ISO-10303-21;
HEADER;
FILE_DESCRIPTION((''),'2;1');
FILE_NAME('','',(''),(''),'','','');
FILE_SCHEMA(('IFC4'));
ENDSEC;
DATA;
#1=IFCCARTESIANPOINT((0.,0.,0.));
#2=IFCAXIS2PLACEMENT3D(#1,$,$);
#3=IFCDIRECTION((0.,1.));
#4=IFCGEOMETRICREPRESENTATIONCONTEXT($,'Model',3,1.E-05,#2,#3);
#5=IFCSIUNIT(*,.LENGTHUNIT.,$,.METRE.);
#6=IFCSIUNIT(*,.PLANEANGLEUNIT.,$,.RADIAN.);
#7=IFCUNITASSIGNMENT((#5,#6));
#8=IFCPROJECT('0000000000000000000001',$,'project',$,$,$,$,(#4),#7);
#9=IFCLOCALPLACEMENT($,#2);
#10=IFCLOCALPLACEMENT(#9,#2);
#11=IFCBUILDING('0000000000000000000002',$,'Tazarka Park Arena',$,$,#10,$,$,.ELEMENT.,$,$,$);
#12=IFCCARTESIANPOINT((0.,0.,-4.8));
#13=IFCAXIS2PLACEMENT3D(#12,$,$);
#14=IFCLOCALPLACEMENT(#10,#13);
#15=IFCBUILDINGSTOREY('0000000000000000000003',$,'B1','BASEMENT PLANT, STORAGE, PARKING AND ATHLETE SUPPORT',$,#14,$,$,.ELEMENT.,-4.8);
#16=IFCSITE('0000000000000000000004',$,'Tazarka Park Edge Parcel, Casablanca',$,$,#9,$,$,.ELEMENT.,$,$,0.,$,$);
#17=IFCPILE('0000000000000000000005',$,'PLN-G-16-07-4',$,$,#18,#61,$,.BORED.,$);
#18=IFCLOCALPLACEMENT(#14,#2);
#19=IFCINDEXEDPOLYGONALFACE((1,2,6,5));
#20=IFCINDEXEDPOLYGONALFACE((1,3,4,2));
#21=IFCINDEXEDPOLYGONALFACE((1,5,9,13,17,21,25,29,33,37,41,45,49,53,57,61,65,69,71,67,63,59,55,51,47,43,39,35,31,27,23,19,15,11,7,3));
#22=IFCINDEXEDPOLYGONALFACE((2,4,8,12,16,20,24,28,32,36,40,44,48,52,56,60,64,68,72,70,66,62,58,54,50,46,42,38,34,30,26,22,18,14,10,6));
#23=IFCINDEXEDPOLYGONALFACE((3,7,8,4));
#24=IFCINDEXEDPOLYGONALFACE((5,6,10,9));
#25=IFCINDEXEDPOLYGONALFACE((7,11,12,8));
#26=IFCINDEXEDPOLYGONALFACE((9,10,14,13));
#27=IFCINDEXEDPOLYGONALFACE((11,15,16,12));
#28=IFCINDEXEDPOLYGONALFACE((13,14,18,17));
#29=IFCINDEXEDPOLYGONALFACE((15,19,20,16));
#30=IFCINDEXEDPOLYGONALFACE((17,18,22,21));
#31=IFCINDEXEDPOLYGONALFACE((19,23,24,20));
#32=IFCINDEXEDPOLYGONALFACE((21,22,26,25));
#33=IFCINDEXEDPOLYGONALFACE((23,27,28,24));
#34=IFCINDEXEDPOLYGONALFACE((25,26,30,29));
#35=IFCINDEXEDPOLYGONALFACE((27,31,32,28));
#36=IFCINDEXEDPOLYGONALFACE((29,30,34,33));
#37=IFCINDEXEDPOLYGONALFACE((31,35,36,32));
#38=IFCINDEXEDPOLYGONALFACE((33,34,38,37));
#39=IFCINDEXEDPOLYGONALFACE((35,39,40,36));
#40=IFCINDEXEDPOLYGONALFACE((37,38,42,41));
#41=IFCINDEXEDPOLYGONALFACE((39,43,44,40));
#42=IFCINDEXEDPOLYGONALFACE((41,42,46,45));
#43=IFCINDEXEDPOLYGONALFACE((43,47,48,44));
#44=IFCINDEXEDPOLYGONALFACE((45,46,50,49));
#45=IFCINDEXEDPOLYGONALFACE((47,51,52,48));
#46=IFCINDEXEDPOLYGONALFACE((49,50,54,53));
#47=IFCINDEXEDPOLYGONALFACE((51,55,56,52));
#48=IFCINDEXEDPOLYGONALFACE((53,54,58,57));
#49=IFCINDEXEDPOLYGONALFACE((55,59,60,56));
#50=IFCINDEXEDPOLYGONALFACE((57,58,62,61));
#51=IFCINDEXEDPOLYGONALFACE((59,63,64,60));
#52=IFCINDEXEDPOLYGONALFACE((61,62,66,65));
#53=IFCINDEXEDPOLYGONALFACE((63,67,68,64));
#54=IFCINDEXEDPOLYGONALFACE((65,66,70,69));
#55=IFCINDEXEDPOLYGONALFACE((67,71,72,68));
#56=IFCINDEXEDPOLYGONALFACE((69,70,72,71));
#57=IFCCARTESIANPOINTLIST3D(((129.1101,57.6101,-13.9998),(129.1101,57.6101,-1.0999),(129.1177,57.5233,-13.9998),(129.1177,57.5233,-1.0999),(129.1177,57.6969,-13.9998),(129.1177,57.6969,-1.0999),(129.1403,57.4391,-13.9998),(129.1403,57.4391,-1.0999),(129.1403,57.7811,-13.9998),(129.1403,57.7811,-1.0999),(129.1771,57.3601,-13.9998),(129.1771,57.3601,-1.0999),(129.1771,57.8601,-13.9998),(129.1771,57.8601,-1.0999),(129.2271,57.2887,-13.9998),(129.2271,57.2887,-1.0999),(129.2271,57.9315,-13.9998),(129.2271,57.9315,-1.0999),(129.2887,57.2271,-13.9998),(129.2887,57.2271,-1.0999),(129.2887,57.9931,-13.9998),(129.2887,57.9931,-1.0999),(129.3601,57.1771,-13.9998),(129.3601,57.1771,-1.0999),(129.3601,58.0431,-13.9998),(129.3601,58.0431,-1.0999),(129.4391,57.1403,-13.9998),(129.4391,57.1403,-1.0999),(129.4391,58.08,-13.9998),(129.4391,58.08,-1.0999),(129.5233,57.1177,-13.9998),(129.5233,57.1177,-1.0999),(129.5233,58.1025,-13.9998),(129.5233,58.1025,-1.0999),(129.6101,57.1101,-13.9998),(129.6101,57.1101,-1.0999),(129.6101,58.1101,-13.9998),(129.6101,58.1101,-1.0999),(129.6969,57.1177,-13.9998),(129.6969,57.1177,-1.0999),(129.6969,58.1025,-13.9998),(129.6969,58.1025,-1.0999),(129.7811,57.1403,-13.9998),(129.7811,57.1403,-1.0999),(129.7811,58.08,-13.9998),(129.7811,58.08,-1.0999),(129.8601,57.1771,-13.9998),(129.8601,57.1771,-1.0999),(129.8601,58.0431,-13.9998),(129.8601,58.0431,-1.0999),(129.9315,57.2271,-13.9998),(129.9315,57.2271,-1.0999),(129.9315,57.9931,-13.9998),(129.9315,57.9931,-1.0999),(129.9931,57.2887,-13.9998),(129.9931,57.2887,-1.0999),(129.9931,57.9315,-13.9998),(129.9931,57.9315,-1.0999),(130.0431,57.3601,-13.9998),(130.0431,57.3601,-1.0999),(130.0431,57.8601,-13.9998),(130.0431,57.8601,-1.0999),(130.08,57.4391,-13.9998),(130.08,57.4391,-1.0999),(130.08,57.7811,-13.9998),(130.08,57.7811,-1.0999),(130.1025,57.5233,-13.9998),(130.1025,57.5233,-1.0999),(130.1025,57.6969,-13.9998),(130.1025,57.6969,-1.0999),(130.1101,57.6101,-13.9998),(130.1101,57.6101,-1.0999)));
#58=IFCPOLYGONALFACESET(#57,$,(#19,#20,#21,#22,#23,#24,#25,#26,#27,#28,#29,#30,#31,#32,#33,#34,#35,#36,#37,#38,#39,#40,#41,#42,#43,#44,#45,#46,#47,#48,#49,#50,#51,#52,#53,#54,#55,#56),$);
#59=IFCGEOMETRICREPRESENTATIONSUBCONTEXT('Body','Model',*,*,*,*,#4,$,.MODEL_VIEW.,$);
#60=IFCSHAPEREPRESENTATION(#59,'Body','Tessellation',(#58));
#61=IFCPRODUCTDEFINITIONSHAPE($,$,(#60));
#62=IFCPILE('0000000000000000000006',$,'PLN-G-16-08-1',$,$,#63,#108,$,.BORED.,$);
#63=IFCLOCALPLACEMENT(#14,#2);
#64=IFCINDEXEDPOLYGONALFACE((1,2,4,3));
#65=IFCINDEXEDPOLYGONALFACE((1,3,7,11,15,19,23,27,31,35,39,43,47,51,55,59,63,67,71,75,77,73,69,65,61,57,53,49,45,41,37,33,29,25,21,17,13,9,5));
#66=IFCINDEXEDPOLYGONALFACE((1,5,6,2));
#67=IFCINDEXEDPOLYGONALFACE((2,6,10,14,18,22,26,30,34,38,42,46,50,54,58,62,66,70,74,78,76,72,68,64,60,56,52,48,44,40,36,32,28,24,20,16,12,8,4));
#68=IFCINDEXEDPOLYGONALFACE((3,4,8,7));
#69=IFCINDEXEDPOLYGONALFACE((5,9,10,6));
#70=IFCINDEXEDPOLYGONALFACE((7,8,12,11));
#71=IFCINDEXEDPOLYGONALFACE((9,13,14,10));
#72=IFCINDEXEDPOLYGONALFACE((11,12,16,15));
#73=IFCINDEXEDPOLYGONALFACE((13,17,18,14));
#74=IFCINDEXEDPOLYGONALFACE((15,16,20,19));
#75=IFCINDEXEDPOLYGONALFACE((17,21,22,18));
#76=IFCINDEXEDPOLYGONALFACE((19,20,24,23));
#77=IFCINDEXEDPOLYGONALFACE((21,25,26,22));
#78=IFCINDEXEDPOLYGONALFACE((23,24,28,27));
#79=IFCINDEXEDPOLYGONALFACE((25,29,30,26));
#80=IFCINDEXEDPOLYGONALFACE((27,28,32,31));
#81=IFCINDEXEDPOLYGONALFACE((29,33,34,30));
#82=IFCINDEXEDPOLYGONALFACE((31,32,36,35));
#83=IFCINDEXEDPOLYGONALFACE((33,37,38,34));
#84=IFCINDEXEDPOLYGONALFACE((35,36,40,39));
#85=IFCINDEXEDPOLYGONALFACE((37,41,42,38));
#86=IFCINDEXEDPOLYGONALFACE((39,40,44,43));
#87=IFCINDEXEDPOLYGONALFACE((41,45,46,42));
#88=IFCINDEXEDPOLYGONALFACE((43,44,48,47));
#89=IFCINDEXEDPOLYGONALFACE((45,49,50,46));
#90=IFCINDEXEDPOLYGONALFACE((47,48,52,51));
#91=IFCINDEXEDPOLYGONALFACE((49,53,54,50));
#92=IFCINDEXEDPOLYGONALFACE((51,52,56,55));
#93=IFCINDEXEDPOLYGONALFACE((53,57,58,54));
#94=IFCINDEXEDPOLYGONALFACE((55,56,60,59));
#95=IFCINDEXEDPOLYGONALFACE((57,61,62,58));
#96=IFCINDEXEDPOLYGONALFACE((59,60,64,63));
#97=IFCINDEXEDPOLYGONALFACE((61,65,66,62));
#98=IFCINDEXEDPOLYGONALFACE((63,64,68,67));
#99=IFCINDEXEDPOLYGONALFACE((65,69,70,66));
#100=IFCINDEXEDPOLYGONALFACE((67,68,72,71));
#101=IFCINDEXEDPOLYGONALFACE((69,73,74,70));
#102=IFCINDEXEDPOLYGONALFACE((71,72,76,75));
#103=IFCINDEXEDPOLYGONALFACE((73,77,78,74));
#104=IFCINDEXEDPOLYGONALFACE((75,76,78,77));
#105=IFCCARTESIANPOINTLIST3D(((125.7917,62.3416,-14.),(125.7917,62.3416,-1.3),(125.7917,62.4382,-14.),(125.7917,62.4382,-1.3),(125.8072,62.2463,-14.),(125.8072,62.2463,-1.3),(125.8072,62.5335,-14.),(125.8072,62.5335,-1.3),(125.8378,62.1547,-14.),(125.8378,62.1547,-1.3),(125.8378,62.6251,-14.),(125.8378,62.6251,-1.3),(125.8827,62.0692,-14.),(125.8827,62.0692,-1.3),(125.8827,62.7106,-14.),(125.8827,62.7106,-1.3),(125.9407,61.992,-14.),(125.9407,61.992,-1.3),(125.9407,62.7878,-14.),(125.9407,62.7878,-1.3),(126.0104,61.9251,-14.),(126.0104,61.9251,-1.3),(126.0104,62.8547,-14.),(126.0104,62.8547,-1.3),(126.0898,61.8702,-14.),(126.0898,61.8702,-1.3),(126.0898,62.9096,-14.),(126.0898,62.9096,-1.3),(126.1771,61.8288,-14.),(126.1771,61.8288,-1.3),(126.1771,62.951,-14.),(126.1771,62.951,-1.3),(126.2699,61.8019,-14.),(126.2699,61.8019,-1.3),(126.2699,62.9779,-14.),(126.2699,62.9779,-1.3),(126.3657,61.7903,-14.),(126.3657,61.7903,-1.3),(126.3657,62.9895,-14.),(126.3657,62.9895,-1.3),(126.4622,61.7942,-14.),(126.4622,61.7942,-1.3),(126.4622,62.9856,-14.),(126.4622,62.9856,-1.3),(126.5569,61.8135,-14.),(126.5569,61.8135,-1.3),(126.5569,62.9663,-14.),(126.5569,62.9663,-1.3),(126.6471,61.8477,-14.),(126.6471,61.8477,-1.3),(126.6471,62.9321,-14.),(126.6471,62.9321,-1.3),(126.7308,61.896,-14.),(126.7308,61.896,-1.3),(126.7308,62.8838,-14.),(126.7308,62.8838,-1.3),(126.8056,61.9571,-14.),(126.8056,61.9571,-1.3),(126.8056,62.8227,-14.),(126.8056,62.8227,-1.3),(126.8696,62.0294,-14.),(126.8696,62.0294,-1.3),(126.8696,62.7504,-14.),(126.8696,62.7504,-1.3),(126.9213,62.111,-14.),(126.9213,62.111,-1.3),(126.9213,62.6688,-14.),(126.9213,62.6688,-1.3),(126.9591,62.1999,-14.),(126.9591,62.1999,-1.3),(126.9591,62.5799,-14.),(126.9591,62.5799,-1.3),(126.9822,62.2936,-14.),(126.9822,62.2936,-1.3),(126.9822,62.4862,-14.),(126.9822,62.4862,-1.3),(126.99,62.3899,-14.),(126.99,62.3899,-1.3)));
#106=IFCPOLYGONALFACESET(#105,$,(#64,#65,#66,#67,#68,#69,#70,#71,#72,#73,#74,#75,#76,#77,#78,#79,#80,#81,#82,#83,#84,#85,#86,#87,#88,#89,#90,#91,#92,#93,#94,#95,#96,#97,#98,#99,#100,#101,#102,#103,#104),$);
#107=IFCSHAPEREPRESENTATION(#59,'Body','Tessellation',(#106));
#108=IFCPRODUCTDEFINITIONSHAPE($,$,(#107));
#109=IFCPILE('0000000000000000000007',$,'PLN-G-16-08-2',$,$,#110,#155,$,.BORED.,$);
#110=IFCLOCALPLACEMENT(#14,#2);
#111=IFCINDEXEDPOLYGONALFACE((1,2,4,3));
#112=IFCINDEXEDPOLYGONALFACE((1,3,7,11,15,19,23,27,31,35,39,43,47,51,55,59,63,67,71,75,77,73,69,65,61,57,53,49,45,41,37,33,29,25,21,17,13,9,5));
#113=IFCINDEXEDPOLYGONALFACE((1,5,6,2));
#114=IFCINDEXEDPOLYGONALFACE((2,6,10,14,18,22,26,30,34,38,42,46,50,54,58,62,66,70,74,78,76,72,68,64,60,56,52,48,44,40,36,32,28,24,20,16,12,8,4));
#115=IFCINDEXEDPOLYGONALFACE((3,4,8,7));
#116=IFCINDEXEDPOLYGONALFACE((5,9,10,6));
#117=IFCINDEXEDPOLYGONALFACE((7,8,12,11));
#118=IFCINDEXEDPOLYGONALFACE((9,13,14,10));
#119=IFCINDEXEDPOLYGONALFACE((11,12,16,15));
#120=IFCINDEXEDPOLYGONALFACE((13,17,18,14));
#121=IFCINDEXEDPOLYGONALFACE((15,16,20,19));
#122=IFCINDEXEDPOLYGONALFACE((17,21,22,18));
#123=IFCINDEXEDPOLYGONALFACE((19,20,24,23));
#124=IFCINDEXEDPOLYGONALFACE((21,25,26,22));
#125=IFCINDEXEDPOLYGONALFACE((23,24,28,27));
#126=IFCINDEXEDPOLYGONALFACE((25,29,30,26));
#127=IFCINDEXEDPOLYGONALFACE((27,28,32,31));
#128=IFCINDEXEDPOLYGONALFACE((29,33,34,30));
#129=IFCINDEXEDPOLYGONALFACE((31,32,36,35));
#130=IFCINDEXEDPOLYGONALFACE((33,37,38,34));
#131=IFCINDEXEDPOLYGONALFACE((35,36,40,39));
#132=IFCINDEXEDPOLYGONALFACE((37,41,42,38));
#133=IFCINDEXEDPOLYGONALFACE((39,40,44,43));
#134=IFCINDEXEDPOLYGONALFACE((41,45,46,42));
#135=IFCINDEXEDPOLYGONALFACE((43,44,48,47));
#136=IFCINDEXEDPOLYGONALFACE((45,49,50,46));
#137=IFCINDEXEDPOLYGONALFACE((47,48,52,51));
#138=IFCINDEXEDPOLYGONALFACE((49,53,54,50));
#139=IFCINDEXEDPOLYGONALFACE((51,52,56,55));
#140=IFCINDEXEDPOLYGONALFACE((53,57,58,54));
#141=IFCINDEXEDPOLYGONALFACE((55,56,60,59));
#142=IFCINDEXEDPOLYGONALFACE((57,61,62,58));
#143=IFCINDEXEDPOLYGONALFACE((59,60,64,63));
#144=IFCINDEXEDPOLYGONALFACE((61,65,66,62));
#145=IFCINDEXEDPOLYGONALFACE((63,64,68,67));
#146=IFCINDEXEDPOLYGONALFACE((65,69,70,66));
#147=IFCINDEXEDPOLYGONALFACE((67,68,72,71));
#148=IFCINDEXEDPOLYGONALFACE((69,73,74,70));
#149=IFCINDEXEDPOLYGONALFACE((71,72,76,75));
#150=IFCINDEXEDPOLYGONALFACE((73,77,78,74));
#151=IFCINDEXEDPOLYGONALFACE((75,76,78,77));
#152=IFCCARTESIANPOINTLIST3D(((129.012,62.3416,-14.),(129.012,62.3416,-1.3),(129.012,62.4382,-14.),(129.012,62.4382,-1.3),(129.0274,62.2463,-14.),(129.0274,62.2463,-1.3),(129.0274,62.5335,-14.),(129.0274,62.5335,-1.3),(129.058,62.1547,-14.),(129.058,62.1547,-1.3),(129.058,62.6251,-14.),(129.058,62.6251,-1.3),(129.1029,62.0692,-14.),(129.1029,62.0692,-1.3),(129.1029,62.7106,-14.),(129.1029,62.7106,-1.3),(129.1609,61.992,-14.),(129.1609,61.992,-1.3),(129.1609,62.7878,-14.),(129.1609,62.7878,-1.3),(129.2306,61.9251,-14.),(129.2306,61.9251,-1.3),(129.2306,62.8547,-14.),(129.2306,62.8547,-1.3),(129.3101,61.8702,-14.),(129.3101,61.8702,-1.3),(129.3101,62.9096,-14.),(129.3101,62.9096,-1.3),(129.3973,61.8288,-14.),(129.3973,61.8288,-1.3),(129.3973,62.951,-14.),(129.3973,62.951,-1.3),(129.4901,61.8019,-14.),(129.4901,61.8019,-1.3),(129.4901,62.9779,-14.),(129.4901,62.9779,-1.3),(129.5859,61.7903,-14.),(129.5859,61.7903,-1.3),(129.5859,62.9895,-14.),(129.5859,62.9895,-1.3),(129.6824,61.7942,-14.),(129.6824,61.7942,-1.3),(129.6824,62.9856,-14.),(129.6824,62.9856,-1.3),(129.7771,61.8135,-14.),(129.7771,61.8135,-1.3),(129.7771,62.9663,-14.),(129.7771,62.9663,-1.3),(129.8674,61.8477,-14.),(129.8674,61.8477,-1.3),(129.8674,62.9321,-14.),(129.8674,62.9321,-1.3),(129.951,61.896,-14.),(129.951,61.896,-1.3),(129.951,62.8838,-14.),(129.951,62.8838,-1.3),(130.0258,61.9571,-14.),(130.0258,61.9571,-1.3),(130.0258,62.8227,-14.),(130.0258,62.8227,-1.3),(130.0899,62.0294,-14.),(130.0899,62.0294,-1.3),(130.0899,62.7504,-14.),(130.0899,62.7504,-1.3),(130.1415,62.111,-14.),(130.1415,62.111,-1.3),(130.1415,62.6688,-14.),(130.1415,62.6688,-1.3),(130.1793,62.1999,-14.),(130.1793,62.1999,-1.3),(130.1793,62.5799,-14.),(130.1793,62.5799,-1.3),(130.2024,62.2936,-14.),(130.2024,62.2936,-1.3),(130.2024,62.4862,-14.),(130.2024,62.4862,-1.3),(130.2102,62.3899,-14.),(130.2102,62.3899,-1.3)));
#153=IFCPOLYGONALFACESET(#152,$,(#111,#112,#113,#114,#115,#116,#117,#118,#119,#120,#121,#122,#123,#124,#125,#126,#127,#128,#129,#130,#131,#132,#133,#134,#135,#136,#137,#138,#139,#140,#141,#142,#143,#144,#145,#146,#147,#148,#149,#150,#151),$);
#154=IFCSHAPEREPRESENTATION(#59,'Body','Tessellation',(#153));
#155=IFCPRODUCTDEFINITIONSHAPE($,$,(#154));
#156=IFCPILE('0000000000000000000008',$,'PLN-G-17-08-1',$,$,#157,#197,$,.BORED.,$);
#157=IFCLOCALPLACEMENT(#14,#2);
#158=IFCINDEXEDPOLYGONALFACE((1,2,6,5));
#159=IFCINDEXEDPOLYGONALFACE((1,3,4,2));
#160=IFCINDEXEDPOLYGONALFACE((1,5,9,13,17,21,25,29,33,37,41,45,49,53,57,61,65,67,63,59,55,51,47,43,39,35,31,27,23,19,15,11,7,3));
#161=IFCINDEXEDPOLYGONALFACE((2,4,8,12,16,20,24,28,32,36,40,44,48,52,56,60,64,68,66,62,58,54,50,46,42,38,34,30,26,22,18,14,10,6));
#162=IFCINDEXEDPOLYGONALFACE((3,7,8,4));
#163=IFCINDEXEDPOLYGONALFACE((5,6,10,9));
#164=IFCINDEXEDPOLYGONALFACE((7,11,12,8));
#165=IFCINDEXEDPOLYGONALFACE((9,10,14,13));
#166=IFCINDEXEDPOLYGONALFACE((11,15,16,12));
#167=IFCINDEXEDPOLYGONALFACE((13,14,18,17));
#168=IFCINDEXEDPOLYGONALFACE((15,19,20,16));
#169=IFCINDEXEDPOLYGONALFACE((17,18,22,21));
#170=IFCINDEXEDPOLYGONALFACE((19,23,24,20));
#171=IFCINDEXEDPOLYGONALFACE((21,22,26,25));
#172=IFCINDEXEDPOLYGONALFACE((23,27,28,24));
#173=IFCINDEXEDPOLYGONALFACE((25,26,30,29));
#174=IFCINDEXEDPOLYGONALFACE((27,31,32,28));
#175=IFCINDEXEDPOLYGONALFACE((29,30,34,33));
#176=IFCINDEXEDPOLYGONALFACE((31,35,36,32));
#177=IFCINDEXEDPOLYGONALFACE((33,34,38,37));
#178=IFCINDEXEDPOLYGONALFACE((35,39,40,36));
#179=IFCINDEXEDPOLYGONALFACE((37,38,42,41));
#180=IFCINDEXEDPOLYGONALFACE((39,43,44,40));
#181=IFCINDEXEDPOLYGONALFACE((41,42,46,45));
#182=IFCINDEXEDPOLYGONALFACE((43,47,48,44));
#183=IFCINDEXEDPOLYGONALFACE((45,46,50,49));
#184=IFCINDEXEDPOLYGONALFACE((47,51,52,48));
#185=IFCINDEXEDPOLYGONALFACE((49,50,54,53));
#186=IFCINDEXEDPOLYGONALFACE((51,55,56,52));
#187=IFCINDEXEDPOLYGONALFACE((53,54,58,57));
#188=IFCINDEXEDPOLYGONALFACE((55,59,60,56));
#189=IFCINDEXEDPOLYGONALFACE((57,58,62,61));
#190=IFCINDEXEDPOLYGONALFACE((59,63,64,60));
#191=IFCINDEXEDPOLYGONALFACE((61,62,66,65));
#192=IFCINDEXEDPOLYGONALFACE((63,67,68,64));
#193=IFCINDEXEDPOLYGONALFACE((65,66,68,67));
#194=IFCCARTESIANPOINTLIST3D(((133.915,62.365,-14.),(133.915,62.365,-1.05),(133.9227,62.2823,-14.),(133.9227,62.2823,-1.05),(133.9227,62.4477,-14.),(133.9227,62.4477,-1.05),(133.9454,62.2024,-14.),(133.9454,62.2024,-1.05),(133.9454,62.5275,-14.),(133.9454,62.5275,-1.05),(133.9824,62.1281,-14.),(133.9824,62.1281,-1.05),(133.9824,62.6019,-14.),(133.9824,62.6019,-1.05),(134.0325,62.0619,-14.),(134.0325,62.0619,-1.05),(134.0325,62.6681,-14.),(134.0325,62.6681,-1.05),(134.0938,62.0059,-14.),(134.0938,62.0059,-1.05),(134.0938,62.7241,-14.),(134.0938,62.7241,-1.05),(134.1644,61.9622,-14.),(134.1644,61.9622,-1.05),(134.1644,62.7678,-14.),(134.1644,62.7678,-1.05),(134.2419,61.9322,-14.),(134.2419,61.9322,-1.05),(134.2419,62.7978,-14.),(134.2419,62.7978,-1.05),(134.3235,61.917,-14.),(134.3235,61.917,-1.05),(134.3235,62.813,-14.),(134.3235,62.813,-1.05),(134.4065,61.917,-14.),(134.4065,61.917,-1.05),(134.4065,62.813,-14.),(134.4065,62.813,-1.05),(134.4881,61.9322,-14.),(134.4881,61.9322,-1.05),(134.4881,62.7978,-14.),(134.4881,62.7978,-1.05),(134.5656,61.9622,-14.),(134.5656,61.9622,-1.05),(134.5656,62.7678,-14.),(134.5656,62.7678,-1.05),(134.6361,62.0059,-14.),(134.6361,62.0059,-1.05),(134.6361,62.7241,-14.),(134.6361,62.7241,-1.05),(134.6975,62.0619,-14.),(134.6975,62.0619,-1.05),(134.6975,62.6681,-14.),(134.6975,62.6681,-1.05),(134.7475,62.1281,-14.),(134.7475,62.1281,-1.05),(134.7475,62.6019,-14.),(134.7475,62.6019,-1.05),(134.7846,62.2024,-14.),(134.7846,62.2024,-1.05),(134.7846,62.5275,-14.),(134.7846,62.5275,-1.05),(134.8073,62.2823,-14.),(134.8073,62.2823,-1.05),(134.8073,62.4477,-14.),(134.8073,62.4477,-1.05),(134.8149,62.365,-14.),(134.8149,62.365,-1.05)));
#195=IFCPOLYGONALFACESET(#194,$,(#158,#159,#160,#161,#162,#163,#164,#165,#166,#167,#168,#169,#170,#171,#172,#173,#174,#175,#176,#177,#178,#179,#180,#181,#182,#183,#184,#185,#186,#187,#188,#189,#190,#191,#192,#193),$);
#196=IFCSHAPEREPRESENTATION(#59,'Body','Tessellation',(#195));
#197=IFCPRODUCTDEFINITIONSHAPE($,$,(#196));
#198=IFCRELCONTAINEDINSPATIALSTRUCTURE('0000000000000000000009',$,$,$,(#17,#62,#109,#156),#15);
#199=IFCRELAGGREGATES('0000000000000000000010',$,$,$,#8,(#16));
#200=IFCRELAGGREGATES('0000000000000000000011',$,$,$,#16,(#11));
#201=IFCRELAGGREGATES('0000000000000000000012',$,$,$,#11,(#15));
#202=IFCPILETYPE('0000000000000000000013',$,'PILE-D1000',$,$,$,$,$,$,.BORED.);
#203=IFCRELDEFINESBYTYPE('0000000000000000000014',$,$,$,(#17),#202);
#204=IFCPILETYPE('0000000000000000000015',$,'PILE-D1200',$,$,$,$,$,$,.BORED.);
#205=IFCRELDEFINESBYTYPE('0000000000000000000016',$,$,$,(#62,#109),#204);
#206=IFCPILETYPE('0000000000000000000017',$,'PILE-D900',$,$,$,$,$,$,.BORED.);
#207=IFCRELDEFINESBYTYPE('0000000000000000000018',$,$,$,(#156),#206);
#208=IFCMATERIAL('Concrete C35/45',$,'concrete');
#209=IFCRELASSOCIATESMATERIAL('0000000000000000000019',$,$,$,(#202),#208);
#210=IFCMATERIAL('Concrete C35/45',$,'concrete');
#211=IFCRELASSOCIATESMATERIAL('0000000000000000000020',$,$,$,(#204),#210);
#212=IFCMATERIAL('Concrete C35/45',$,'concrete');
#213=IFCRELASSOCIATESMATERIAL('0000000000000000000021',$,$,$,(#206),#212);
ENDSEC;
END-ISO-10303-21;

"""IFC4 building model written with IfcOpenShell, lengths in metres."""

from ifc_helpers import new_model, si_unit, direction, frame, origin, origin_2d, place, context, subcontext, project, spatial, circle, extrude, material, material_profile, profile_set, type_object, element, save


model = new_model("IFC4")

# Units and contexts
model_context = context("Model", 3, precision=1e-05, world=origin(), true_north=direction((0.0, 1.0)))
body_context = subcontext(model_context, "Body", "Model", "MODEL_VIEW")
ifc_project = project(units=[si_unit("LENGTHUNIT", "METRE"), si_unit("PLANEANGLEUNIT", "RADIAN")], contexts=[model_context])

# Site, building, storey
site_placement = place(None, origin())
site = spatial("IfcSite", under=ifc_project, at=site_placement, Name="Tazarka Park Edge Parcel, Casablanca", CompositionType="ELEMENT", RefElevation=0.0)
building_placement = place(site_placement, origin())
building = spatial("IfcBuilding", under=site, at=building_placement, Name="Tazarka Park Arena", CompositionType="ELEMENT")
storey_placement = place(building_placement, frame((0.0, 0.0, -4.8)))
storey = spatial("IfcBuildingStorey", under=building, at=storey_placement, Name="B1", Description="BASEMENT PLANT, STORAGE, PARKING AND ATHLETE SUPPORT", CompositionType="ELEMENT", Elevation=-4.8)

# Piles
ifc_material_1 = material(Name="Concrete C35/45", Category="concrete")
ifc_material_profile_1 = material_profile(ifc_material_1, circle(Radius=0.5, at=origin_2d()), Name="Concrete C35/45")
ifc_profile_set_1 = profile_set([ifc_material_profile_1], Name="Concrete C35/45")
pile_type_1 = type_object("IfcPileType", Name="PILE-D1000", PredefinedType="BORED", material=ifc_profile_set_1)
for number, where, z_axis, x_axis, name in (
    (1, (129.6101, 57.6101, -1.0999), (0.0, 0.0, -1.0), (1.0, 0.0, 0.0), "PLN-G-16-07-4"),
):
    element("IfcPile", number, at=place(storey_placement, frame(where, z_axis=z_axis, x_axis=x_axis)), inside=storey, type_object=pile_type_1, Name=name, PredefinedType="BORED", context=body_context, shape_type="SweptSolid", body=[
        extrude(circle(Radius=0.5, at=origin_2d()), origin(), (0.0, 0.0, 1.0), 12.8999),
    ])
ifc_material_2 = material(Name="Concrete C35/45", Category="concrete")
ifc_material_profile_2 = material_profile(ifc_material_2, circle(Radius=0.6001, at=origin_2d()), Name="Concrete C35/45")
ifc_profile_set_2 = profile_set([ifc_material_profile_2], Name="Concrete C35/45")
pile_type_2 = type_object("IfcPileType", Name="PILE-D1200", PredefinedType="BORED", material=ifc_profile_set_2)
for number, where, z_axis, x_axis, name in (
    (2, (126.3899, 62.3899, -1.3), (0.0, 0.0, -1.0), (1.0, 0.0, 0.0), "PLN-G-16-08-1"),
    (3, (129.6101, 62.3899, -1.3), (0.0, 0.0, -1.0), (1.0, 0.0, 0.0), "PLN-G-16-08-2"),
):
    element("IfcPile", number, at=place(storey_placement, frame(where, z_axis=z_axis, x_axis=x_axis)), inside=storey, type_object=pile_type_2, Name=name, PredefinedType="BORED", context=body_context, shape_type="SweptSolid", body=[
        extrude(circle(Radius=0.6001, at=origin_2d()), origin(), (0.0, 0.0, 1.0), 12.7),
    ])
ifc_material_3 = material(Name="Concrete C35/45", Category="concrete")
ifc_material_profile_3 = material_profile(ifc_material_3, circle(Radius=0.45, at=origin_2d()), Name="Concrete C35/45")
ifc_profile_set_3 = profile_set([ifc_material_profile_3], Name="Concrete C35/45")
pile_type_3 = type_object("IfcPileType", Name="PILE-D900", PredefinedType="BORED", material=ifc_profile_set_3)
pile_1_placement = place(storey_placement, frame((134.365, 62.365, -1.05), z_axis=(0.0, 0.0, -1.0), x_axis=(1.0, 0.0, 0.0)))
element("IfcPile", 4, at=pile_1_placement, inside=storey, type_object=pile_type_3, Name="PLN-G-17-08-1", PredefinedType="BORED", context=body_context, shape_type="SweptSolid", body=[
    extrude(circle(Radius=0.45, at=origin_2d()), origin(), (0.0, 0.0, 1.0), 12.95),
])

save(model, "model.ifc")
